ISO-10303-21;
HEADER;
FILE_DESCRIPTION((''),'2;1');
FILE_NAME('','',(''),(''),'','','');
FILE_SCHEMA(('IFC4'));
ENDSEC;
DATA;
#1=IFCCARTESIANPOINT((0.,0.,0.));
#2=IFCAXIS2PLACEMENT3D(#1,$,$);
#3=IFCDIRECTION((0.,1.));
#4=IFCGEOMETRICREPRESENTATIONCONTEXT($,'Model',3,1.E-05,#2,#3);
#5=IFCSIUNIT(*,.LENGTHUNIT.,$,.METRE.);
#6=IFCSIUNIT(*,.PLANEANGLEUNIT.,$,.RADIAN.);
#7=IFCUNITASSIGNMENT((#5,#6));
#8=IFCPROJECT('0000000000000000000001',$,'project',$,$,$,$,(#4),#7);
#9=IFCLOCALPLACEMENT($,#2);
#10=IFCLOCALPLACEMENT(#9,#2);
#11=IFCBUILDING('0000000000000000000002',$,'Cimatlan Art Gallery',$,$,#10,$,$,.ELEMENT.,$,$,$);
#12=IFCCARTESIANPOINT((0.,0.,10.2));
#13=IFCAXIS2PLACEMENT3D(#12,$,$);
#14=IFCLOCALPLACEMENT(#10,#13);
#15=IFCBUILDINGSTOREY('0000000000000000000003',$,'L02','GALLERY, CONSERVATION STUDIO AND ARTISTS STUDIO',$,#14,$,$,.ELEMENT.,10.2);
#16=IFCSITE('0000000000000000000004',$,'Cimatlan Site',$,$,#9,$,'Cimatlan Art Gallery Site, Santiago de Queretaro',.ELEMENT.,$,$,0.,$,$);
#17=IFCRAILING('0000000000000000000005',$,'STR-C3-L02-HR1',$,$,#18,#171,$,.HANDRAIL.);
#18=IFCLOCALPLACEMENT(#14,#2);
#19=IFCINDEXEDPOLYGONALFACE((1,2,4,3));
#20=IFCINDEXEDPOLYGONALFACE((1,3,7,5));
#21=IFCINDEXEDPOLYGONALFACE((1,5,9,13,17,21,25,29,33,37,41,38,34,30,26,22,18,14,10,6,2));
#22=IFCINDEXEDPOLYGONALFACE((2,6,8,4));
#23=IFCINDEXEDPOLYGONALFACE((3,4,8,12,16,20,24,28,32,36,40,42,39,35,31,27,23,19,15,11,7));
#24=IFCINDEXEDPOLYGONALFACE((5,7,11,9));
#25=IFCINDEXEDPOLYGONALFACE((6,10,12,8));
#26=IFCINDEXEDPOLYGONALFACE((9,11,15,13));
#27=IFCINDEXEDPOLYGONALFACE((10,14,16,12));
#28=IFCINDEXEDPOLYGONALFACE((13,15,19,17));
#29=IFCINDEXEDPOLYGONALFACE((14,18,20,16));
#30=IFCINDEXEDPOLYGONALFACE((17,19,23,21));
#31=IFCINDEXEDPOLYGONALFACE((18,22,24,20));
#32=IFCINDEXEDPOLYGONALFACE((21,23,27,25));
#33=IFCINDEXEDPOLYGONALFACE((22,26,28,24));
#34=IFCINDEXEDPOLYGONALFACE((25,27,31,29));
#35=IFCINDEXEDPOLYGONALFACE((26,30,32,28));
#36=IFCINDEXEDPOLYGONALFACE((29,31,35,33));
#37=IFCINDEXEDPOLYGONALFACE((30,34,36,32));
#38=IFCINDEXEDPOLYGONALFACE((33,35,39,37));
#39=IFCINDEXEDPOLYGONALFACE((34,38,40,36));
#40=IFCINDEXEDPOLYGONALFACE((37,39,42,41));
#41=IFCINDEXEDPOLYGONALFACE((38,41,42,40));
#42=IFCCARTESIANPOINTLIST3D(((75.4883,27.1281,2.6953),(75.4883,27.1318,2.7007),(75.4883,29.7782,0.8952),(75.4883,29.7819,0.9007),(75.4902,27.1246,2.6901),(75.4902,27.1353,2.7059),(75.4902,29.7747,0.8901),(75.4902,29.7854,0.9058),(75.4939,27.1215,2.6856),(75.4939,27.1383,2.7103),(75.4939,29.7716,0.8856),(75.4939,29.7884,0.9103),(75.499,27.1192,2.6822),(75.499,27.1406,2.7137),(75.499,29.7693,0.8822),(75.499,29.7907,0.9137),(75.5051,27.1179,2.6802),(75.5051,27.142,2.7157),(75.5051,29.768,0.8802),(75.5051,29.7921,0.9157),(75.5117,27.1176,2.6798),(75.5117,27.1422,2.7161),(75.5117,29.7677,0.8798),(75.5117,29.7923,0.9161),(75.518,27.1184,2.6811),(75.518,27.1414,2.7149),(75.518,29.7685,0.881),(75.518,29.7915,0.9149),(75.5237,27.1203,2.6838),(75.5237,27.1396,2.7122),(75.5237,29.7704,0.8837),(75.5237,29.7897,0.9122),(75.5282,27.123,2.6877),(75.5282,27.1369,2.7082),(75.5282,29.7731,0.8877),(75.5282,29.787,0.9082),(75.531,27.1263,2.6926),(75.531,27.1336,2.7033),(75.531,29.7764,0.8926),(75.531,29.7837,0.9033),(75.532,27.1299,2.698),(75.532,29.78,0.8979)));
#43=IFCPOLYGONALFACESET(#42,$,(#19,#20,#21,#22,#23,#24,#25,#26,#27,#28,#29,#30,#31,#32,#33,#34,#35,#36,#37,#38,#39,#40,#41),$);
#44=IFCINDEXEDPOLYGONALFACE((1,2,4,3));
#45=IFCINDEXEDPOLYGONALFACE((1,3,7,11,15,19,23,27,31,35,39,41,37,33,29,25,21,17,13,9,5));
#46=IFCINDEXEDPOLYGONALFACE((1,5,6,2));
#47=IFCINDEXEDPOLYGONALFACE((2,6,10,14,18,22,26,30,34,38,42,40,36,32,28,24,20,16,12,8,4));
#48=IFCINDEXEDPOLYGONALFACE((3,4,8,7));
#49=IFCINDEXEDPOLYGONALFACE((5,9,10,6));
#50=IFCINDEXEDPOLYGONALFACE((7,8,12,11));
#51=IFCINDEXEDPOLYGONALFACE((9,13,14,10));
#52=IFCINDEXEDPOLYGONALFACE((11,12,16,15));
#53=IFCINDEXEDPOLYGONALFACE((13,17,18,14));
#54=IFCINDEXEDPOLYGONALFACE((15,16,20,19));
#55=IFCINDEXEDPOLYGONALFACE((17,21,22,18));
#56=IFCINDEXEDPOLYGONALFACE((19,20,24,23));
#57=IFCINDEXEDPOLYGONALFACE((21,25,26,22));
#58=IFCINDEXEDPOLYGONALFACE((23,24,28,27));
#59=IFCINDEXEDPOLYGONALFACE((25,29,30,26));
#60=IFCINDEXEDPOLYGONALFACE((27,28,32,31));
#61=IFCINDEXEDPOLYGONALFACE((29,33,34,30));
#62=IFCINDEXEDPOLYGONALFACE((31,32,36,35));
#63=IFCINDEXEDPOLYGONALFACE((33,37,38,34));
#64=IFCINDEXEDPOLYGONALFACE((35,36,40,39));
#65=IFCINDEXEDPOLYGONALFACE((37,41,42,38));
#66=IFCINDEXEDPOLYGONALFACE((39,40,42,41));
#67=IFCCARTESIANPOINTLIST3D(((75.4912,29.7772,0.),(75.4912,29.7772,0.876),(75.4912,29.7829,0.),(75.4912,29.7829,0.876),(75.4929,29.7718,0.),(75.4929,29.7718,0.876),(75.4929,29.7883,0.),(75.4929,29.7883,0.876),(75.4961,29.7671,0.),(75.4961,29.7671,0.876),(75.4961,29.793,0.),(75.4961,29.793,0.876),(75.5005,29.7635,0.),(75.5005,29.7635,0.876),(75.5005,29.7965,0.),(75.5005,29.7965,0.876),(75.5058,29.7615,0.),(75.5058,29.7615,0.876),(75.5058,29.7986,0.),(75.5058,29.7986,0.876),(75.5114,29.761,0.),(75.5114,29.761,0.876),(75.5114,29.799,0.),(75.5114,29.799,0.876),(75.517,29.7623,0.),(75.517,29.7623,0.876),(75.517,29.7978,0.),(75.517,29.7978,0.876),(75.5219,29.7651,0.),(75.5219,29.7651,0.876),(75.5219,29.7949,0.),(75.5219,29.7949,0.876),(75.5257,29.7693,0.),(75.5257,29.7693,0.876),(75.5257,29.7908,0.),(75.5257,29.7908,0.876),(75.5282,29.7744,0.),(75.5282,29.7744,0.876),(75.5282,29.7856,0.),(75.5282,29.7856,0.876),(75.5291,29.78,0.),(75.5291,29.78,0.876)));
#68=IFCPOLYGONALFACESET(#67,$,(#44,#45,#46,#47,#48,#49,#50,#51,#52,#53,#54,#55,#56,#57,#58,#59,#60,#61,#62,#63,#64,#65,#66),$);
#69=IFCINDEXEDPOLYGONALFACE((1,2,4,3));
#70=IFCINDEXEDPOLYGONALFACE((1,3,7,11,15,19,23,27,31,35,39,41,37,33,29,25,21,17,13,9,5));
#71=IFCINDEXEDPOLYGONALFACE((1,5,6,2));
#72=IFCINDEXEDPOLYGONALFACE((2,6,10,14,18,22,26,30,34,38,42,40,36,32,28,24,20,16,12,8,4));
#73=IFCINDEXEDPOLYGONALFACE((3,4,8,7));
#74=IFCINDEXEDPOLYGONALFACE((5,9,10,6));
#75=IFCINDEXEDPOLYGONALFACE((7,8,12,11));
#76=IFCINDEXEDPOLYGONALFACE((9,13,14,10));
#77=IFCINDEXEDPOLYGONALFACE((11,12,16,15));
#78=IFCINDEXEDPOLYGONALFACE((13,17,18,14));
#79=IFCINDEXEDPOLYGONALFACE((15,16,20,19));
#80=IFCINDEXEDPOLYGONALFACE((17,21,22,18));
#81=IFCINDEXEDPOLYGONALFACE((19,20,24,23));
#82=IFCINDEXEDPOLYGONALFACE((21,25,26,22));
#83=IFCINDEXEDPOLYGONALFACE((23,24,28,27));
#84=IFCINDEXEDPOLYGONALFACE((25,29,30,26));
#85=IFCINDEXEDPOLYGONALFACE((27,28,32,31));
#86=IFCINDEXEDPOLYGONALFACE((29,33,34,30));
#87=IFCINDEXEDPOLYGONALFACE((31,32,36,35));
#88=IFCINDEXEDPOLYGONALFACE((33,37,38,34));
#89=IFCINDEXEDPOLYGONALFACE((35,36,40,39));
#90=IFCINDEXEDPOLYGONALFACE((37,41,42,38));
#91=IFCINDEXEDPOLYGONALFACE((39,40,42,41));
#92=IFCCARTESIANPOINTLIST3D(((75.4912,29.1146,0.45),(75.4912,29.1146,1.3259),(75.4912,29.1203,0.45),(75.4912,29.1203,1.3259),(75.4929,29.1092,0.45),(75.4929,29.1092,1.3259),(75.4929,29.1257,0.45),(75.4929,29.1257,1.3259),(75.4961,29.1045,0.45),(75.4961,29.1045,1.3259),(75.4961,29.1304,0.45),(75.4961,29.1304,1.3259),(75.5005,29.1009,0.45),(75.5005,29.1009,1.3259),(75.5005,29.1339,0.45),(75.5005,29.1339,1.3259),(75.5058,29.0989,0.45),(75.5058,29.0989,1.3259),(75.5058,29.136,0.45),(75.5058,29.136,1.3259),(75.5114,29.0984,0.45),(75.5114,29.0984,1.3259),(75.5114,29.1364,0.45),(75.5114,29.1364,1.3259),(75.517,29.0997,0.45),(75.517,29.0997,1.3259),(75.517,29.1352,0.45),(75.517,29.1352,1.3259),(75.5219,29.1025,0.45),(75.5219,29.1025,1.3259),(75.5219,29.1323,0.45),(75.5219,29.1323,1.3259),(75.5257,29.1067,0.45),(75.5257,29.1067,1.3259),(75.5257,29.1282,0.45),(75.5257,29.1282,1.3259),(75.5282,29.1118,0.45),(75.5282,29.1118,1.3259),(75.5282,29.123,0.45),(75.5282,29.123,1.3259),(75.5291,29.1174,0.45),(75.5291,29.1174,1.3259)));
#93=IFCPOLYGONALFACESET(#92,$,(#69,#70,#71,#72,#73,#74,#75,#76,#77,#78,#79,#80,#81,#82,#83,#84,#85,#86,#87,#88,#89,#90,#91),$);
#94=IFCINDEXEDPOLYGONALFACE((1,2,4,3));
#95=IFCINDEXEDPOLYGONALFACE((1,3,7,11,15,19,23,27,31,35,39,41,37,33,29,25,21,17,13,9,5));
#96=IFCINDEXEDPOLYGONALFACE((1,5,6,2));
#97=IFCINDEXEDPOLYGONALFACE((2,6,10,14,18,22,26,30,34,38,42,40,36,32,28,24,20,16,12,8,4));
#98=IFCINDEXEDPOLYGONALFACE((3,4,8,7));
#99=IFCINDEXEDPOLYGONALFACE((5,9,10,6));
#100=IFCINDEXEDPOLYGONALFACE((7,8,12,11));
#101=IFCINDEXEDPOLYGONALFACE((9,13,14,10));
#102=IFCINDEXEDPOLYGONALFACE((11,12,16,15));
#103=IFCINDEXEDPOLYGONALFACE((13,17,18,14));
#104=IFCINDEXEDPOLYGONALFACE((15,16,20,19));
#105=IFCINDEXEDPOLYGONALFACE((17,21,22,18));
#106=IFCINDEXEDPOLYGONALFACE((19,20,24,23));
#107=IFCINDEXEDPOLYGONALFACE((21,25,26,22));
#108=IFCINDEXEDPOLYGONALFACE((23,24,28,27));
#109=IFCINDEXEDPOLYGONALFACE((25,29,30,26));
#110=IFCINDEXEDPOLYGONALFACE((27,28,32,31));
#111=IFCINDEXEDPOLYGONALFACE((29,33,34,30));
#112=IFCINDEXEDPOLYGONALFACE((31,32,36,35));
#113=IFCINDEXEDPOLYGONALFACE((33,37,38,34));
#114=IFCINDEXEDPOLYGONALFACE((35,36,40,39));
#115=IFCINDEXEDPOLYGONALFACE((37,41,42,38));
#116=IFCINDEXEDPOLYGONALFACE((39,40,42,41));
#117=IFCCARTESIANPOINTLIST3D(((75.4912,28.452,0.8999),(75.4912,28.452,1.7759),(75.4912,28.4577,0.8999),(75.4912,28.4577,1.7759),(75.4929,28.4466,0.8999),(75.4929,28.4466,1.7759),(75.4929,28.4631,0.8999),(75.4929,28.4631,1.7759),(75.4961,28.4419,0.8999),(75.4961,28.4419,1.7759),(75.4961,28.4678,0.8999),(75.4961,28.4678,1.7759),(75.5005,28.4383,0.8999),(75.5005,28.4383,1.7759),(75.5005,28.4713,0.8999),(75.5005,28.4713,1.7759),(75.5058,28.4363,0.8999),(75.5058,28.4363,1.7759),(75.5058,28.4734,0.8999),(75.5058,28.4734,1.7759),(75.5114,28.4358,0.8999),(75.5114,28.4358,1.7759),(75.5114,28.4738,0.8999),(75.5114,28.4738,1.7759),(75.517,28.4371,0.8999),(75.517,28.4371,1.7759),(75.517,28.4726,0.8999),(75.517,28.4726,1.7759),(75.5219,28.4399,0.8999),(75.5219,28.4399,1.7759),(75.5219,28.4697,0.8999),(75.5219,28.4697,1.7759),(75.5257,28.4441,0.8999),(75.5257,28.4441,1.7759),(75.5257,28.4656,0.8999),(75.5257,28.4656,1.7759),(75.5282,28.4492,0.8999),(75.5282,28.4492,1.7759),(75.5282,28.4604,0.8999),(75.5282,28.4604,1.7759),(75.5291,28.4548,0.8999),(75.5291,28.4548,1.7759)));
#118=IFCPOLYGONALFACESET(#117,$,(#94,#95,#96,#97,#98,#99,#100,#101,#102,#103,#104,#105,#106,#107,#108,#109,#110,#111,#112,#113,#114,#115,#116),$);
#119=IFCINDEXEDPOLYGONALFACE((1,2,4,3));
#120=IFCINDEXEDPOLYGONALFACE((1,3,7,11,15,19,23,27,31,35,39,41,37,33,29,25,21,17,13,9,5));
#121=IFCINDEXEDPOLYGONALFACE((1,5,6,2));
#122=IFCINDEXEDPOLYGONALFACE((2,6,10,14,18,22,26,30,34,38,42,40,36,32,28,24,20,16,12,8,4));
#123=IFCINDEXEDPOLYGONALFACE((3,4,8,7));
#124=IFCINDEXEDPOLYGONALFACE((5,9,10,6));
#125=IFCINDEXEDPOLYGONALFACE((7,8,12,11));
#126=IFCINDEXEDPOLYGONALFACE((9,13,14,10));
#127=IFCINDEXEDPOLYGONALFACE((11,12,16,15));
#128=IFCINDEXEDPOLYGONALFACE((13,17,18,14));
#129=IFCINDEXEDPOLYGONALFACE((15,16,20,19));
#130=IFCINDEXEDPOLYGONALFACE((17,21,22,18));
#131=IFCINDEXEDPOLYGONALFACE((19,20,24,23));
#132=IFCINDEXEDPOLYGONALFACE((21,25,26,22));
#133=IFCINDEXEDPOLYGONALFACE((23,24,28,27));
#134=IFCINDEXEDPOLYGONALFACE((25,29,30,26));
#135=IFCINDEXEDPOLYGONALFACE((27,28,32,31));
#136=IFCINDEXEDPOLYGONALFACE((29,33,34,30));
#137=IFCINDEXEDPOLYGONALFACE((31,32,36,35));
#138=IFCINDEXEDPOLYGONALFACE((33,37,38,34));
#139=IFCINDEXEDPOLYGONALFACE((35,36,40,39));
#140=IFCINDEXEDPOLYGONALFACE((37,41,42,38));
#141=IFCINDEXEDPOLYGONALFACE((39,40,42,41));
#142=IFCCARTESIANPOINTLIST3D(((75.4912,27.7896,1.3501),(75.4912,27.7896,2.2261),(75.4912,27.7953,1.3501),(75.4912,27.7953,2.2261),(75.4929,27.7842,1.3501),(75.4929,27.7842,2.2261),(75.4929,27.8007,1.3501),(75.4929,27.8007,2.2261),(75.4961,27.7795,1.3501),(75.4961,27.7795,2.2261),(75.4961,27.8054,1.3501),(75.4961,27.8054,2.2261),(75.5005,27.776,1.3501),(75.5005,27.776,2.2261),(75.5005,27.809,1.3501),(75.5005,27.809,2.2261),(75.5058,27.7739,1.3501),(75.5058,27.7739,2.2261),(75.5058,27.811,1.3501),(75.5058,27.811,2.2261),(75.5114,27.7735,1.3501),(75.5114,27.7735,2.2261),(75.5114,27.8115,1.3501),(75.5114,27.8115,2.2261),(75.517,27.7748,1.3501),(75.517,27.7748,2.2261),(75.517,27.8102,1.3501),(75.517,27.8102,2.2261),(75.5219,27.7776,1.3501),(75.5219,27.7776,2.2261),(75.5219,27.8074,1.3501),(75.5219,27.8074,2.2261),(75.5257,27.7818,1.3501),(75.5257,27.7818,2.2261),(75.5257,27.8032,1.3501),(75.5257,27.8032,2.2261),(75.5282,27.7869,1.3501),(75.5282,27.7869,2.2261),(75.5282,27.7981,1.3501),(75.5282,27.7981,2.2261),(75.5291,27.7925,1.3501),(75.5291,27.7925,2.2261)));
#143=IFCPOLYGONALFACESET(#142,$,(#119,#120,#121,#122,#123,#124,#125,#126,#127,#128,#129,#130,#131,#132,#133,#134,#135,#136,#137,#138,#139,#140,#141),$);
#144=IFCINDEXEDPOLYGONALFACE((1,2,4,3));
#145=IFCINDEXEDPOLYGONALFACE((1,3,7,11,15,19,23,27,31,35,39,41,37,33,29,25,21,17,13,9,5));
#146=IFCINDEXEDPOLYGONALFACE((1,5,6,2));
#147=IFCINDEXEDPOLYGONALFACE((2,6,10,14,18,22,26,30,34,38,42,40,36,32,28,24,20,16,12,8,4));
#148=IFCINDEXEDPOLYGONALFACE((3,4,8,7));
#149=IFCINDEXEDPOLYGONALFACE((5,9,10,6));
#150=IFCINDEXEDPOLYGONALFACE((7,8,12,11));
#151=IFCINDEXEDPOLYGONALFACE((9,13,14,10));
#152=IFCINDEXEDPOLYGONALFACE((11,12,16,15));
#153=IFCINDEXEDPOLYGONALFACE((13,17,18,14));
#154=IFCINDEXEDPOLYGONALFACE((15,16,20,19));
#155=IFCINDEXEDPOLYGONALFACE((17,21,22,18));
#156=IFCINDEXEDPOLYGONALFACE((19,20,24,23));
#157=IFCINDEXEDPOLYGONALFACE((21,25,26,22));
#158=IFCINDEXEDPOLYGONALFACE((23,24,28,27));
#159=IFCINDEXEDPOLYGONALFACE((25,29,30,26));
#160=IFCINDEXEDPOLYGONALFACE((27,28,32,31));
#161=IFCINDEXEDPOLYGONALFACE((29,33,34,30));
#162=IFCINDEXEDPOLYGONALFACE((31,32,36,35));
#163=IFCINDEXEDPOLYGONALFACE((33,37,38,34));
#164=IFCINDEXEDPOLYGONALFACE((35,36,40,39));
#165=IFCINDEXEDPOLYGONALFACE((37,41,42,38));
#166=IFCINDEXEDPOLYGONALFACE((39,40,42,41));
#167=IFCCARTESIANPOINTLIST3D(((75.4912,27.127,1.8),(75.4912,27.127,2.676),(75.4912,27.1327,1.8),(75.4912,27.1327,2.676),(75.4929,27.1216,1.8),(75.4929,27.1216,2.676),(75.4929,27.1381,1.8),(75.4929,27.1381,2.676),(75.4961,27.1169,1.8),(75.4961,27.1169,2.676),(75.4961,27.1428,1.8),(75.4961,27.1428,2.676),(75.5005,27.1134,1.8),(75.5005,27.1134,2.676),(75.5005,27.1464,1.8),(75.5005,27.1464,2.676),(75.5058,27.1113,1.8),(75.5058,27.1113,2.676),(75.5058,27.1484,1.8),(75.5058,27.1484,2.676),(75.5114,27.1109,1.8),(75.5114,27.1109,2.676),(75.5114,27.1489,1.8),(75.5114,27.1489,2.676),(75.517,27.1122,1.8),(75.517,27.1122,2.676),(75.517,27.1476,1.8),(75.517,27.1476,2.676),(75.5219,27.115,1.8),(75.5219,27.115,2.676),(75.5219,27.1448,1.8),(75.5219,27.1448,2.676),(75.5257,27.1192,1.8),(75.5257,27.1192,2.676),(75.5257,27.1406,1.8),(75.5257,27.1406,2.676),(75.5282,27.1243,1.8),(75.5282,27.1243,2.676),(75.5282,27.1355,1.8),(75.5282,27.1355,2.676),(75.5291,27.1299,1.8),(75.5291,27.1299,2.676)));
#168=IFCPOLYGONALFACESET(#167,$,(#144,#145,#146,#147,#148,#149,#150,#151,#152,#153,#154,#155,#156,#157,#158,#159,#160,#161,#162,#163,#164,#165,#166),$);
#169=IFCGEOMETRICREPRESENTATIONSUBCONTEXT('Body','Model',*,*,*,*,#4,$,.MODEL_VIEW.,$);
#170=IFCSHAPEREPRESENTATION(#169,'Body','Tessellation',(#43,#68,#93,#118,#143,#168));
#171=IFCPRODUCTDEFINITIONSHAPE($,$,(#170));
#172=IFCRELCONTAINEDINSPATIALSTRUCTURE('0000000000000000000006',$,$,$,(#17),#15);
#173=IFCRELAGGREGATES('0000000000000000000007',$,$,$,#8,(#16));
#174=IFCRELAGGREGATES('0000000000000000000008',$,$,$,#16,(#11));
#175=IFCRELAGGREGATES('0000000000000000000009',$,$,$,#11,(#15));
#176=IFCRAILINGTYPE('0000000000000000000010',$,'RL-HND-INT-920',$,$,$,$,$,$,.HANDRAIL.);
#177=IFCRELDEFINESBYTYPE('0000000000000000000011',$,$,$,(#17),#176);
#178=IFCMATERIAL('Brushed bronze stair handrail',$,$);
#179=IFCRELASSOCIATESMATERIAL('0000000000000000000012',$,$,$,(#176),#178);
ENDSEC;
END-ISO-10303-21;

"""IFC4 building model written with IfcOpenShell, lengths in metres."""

from ifc_helpers import new_model, si_unit, direction, frame, origin, origin_2d, place, context, subcontext, project, spatial, circle, extrude, material, type_object, element, save


model = new_model("IFC4")

# Units and contexts
model_context = context("Model", 3, precision=1e-05, world=origin(), true_north=direction((0.0, 1.0)))
body_context = subcontext(model_context, "Body", "Model", "MODEL_VIEW")
ifc_project = project(units=[si_unit("LENGTHUNIT", "METRE"), si_unit("PLANEANGLEUNIT", "RADIAN")], contexts=[model_context])

# Site, building, storey
site_placement = place(None, origin())
site = spatial("IfcSite", under=ifc_project, at=site_placement, Name="Cimatlan Site", LongName="Cimatlan Art Gallery Site, Santiago de Queretaro", CompositionType="ELEMENT", RefElevation=0.0)
building_placement = place(site_placement, origin())
building = spatial("IfcBuilding", under=site, at=building_placement, Name="Cimatlan Art Gallery", CompositionType="ELEMENT")
storey_placement = place(building_placement, frame((0.0, 0.0, 10.2)))
storey = spatial("IfcBuildingStorey", under=building, at=storey_placement, Name="L02", Description="GALLERY, CONSERVATION STUDIO AND ARTISTS STUDIO", CompositionType="ELEMENT", Elevation=10.2)

# Railing
ifc_material_1 = material(Name="Brushed bronze stair handrail")
railing_type_1 = type_object("IfcRailingType", Name="RL-HND-INT-920", PredefinedType="HANDRAIL", material=ifc_material_1)
railing_1_placement = place(storey_placement, frame((75.51, 29.78, 0.0)))
element("IfcRailing", 1, at=railing_1_placement, inside=storey, type_object=railing_type_1, Name="STR-C3-L02-HR1", PredefinedType="HANDRAIL", context=body_context, shape_type="SweptSolid", body=[
    extrude(circle(Radius=0.022, at=origin_2d()), frame((0.0, 0.0, 0.8979), z_axis=(0.0, -0.827224, 0.561872), x_axis=(1.0, 0.0, 0.0)), (0.0, 0.0, 1.0), 3.2036),
    extrude(circle(Radius=0.019, at=origin_2d()), origin(), (0.0, 0.0, 1.0), 0.876),
    extrude(circle(Radius=0.019, at=origin_2d()), frame((0.0, -0.6626, 0.45)), (0.0, 0.0, 1.0), 0.876),
    extrude(circle(Radius=0.019, at=origin_2d()), frame((0.0, -1.3252, 0.8999)), (0.0, 0.0, 1.0), 0.876),
    extrude(circle(Radius=0.019, at=origin_2d()), frame((0.0, -1.9875, 1.3501)), (0.0, 0.0, 1.0), 0.876),
    extrude(circle(Radius=0.019, at=origin_2d()), frame((0.0, -2.6501, 1.8)), (0.0, 0.0, 1.0), 0.876),
])

save(model, "model.ifc")
